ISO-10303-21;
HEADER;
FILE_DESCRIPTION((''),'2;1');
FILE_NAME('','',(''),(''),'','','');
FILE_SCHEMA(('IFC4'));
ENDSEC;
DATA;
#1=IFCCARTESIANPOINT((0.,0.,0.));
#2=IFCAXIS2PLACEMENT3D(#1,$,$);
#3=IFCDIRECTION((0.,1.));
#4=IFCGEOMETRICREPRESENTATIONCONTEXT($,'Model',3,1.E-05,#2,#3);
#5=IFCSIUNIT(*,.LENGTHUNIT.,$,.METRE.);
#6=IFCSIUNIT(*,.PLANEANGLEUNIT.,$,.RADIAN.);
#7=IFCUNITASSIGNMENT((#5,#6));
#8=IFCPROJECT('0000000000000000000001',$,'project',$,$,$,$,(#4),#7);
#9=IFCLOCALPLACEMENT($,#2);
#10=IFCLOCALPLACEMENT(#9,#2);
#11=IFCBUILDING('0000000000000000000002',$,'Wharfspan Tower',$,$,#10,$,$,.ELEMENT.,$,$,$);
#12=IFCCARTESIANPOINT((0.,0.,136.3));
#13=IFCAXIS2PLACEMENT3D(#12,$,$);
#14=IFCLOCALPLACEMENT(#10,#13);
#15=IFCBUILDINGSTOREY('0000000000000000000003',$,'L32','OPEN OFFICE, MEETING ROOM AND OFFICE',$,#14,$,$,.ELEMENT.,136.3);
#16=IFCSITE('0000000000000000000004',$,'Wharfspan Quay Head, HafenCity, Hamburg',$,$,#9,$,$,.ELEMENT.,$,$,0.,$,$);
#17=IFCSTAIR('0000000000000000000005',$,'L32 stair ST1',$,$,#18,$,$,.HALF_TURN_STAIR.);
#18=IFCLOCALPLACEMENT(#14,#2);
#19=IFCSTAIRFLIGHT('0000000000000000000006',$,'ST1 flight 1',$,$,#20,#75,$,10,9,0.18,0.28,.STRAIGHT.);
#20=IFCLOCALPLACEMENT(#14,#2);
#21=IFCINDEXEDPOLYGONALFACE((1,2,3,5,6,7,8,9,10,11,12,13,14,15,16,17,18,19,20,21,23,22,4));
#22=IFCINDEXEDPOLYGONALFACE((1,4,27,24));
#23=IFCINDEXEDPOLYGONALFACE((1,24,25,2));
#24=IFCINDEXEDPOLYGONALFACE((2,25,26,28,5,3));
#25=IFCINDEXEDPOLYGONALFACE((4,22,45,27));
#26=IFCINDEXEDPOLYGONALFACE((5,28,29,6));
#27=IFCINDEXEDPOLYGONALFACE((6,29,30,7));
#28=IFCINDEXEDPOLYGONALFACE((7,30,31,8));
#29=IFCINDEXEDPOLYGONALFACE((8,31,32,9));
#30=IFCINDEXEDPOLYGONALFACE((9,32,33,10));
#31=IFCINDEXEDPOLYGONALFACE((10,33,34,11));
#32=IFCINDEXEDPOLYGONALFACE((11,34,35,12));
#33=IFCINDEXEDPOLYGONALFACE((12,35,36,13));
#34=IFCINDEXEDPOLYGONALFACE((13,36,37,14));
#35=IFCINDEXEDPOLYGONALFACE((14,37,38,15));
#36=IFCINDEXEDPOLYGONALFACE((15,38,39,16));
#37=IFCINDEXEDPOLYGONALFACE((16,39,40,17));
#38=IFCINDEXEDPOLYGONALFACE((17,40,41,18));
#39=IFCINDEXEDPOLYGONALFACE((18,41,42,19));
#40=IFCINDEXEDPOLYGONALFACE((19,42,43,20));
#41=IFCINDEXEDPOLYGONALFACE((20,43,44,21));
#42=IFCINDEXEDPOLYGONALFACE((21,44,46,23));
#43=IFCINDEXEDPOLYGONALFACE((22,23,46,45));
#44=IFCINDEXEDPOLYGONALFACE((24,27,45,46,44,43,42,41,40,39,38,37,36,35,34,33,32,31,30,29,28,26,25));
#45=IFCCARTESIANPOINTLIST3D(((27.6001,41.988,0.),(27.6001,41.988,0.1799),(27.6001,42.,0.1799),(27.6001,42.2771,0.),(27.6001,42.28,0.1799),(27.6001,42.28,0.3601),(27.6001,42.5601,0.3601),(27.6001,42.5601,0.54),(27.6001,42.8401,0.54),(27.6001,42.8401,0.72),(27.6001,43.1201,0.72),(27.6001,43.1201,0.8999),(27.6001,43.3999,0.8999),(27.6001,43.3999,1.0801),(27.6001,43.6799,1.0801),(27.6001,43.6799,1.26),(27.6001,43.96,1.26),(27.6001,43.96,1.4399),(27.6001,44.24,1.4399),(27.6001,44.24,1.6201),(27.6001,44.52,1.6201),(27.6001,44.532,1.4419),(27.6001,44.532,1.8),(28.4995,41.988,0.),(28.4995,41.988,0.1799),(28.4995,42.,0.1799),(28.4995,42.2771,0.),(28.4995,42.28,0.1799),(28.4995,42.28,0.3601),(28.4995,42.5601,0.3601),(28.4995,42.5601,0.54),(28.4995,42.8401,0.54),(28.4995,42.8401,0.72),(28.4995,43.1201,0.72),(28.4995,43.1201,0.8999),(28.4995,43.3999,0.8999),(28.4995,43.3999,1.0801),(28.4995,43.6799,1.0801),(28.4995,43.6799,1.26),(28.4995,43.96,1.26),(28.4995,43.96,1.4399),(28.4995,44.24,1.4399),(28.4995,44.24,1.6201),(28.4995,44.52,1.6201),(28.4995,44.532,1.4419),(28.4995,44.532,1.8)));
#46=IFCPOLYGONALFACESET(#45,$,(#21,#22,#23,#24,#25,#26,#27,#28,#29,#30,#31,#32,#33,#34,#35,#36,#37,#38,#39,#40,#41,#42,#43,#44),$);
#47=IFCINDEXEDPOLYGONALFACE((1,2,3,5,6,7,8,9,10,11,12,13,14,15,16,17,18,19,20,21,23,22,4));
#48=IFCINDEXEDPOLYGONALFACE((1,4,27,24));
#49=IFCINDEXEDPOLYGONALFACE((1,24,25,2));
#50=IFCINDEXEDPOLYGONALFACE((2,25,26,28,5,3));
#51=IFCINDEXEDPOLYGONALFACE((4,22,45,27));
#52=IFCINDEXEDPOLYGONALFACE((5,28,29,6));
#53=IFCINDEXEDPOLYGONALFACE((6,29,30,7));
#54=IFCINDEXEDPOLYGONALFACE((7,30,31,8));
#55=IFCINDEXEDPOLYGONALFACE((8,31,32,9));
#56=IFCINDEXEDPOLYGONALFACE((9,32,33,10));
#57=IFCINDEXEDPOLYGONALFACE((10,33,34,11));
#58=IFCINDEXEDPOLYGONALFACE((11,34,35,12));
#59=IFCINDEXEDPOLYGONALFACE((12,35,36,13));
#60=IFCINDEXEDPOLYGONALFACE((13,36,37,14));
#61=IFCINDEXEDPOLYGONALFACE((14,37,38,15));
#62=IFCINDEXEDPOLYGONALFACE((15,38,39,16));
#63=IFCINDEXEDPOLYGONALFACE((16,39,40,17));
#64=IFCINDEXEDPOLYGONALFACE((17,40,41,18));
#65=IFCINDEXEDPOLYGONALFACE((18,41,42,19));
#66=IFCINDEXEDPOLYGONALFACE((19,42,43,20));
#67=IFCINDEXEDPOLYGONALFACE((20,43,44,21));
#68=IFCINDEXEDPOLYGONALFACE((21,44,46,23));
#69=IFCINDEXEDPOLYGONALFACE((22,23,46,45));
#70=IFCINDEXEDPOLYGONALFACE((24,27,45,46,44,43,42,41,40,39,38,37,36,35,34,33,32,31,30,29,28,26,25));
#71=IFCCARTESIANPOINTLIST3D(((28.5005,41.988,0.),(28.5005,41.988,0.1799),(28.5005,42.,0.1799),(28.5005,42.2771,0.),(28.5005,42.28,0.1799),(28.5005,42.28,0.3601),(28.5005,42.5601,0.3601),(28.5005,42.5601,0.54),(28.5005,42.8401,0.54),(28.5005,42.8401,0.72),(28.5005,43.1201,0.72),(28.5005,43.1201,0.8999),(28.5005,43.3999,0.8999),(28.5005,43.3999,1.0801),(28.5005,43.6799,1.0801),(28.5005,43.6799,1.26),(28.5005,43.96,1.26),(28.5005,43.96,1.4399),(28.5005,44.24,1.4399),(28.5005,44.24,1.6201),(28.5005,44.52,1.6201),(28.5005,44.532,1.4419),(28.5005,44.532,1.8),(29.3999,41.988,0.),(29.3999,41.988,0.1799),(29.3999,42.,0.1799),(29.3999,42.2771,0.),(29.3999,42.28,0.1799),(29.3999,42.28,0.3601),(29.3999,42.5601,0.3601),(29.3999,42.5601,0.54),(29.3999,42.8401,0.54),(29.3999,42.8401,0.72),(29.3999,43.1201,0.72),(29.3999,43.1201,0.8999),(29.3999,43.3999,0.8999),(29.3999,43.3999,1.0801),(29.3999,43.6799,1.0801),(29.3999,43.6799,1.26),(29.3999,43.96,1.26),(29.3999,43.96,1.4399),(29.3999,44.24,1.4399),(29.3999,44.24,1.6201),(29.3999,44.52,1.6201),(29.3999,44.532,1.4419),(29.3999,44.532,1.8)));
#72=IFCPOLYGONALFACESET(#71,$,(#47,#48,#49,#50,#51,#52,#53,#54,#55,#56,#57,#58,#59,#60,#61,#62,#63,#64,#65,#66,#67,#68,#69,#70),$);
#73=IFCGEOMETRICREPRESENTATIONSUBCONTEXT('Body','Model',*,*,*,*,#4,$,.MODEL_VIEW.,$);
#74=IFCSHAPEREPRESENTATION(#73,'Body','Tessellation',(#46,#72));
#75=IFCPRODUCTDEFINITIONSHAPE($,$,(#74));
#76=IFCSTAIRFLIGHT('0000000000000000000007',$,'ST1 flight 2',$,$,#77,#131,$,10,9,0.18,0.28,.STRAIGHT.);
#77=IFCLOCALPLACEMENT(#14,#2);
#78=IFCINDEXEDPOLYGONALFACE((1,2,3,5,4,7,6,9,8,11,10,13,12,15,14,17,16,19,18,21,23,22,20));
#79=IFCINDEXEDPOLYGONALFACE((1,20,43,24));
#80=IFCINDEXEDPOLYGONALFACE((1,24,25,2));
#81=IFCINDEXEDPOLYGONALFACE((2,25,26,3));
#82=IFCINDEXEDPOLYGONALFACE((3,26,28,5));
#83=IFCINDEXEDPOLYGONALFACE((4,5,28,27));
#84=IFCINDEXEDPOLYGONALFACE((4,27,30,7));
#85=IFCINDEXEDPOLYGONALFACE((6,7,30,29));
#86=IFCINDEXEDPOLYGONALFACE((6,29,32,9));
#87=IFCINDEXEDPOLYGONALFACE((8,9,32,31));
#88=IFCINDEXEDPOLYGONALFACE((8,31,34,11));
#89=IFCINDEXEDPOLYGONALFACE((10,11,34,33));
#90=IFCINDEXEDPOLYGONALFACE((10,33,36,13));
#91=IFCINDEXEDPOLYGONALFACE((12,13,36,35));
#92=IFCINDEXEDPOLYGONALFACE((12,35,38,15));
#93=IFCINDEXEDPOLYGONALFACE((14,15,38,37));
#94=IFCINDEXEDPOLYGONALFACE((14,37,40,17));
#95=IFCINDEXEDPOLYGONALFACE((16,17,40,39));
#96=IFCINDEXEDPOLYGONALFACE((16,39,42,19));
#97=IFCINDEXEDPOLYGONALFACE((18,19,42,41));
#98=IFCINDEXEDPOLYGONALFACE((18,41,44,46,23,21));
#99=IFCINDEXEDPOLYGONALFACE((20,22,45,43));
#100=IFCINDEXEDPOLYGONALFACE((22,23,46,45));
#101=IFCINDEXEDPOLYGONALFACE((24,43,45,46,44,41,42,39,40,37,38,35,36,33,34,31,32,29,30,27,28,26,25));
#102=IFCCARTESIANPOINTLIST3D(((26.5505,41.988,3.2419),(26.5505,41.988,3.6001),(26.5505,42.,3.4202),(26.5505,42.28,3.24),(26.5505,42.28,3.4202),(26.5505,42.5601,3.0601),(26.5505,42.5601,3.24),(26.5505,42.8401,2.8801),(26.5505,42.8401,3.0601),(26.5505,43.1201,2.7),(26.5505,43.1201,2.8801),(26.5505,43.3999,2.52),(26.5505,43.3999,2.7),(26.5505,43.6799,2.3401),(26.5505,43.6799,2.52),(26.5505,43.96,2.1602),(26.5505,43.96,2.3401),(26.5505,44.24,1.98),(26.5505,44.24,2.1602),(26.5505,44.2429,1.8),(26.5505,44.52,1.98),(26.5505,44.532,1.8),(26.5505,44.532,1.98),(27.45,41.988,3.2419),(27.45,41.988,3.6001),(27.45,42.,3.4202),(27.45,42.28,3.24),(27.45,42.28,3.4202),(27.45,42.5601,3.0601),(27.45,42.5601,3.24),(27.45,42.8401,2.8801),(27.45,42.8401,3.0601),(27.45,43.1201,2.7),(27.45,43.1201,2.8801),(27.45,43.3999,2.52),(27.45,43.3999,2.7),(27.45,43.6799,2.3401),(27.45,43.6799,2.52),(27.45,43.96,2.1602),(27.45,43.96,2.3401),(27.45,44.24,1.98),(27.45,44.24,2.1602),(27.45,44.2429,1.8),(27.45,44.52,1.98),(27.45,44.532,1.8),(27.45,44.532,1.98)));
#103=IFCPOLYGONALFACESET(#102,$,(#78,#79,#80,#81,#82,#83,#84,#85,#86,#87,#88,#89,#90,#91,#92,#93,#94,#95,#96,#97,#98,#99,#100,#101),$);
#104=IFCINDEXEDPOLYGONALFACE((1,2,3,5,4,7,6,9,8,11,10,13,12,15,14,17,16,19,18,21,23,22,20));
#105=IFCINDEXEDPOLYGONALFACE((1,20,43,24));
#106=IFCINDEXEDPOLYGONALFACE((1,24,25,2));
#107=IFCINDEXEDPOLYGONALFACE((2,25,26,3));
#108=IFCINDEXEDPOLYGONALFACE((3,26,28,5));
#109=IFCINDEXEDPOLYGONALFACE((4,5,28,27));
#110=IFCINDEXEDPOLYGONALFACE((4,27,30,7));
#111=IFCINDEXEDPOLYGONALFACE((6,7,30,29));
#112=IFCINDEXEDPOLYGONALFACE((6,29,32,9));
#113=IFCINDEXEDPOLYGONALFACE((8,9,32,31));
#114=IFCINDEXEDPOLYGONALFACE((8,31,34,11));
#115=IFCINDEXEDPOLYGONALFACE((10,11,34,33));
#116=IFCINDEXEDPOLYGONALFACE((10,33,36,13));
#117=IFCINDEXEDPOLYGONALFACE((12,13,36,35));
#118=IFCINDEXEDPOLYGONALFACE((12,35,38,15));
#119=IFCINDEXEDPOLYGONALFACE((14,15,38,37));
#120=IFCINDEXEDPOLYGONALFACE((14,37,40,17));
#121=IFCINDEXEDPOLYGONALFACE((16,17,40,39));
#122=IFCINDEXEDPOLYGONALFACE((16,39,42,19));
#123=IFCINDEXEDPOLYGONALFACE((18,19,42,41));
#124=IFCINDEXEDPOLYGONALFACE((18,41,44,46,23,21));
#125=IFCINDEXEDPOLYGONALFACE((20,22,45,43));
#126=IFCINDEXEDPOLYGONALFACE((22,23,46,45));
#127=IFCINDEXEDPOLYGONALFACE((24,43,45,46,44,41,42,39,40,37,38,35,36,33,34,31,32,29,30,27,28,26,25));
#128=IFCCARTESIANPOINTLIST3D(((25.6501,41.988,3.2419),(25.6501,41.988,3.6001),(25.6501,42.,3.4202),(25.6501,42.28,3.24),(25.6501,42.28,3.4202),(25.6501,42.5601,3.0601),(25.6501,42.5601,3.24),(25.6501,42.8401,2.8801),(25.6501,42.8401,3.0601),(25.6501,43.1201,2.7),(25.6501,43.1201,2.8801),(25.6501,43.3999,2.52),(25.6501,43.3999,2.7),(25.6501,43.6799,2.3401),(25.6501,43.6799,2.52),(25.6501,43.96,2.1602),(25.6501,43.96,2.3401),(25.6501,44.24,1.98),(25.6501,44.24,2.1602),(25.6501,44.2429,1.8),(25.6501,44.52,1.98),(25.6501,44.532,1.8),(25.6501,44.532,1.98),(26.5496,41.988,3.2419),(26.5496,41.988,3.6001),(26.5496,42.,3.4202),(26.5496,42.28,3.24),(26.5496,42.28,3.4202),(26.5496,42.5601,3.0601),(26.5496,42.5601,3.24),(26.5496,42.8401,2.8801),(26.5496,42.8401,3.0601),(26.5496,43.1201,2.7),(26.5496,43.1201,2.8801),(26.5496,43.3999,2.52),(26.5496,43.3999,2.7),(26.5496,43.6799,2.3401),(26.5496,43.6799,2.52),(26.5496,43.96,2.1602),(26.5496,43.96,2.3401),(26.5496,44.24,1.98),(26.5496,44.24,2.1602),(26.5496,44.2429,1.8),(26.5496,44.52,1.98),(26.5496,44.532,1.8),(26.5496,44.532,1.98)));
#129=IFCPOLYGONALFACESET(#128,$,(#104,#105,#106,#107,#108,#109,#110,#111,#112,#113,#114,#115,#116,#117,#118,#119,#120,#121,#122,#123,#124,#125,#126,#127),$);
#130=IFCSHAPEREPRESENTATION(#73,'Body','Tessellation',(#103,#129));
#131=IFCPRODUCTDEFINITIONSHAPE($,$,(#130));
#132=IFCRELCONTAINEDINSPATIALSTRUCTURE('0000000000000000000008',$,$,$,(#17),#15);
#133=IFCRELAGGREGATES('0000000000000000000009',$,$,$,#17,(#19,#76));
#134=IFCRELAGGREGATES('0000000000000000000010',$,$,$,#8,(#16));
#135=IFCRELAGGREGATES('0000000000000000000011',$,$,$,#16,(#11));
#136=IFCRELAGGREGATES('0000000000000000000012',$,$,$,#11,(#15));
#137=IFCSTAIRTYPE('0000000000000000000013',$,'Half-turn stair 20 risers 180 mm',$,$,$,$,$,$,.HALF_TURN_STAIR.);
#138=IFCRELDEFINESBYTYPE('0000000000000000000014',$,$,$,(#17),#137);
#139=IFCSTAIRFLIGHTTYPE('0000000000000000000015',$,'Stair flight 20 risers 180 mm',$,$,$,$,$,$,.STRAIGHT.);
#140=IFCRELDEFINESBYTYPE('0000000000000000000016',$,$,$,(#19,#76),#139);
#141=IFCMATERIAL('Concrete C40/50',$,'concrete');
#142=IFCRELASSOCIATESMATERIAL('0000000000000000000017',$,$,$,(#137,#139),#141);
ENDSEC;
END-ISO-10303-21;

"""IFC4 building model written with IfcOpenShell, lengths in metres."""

from ifc_helpers import new_model, si_unit, direction, frame, origin, place, context, subcontext, project, spatial, polyline, outline, extrude, material, type_object, element, aggregate, save


model = new_model("IFC4")

# Units and contexts
model_context = context("Model", 3, precision=1e-05, world=origin(), true_north=direction((0.0, 1.0)))
body_context = subcontext(model_context, "Body", "Model", "MODEL_VIEW")
ifc_project = project(units=[si_unit("LENGTHUNIT", "METRE"), si_unit("PLANEANGLEUNIT", "RADIAN")], contexts=[model_context])

# Site, building, storey
site_placement = place(None, origin())
site = spatial("IfcSite", under=ifc_project, at=site_placement, Name="Wharfspan Quay Head, HafenCity, Hamburg", CompositionType="ELEMENT", RefElevation=0.0)
building_placement = place(site_placement, origin())
building = spatial("IfcBuilding", under=site, at=building_placement, Name="Wharfspan Tower", CompositionType="ELEMENT")
storey_placement = place(building_placement, frame((0.0, 0.0, 136.3)))
storey = spatial("IfcBuildingStorey", under=building, at=storey_placement, Name="L32", Description="OPEN OFFICE, MEETING ROOM AND OFFICE", CompositionType="ELEMENT", Elevation=136.3)

# Shared definitions
ifc_material_1 = material(Name="Concrete C40/50", Category="concrete")

# Stair, stair flights
stair_type = type_object("IfcStairType", Name="Half-turn stair 20 risers 180 mm", PredefinedType="HALF_TURN_STAIR", material=ifc_material_1)
stair_placement = place(storey_placement, origin())
stair = element("IfcStair", 1, at=stair_placement, inside=storey, type_object=stair_type, Name="L32 stair ST1", PredefinedType="HALF_TURN_STAIR")
stair_flight_type = type_object("IfcStairFlightType", Name="Stair flight 20 risers 180 mm", PredefinedType="STRAIGHT", material=ifc_material_1)
stair_flight_1_placement = place(storey_placement, frame((28.5, 42.0, 0.0), z_axis=(0.0, 0.0, 1.0), x_axis=(0.0, 1.0, 0.0)))
stair_flight_1 = element("IfcStairFlight", 2, at=stair_flight_1_placement, type_object=stair_flight_type, Name="ST1 flight 1", NumberOfRisers=10, NumberOfTreads=9, PredefinedType="STRAIGHT", RiserHeight=0.18, TreadLength=0.28, context=body_context, shape_type="SweptSolid", body=[
    extrude(outline(polyline([(-0.012, 0.0), (-0.012, 0.1799), (0.0, 0.1799), (0.28, 0.1799), (0.28, 0.3601), (0.5601, 0.3601), (0.5601, 0.54), (0.8401, 0.54), (0.8401, 0.72), (1.1201, 0.72), (1.1201, 0.8999), (1.3999, 0.8999), (1.3999, 1.0801), (1.6799, 1.0801), (1.6799, 1.26), (1.96, 1.26), (1.96, 1.4399), (2.24, 1.4399), (2.24, 1.6201), (2.52, 1.6201), (2.532, 1.8), (2.532, 1.4419), (0.2771, 0.0), (-0.012, 0.0)])), frame((0.0, 0.8999, 0.0), z_axis=(0.0, -1.0, 0.0), x_axis=(1.0, 0.0, 0.0)), (0.0, 0.0, 1.0), 0.8994),
    extrude(outline(polyline([(-0.012, 0.0), (-0.012, 0.1799), (0.0, 0.1799), (0.28, 0.1799), (0.28, 0.3601), (0.5601, 0.3601), (0.5601, 0.54), (0.8401, 0.54), (0.8401, 0.72), (1.1201, 0.72), (1.1201, 0.8999), (1.3999, 0.8999), (1.3999, 1.0801), (1.6799, 1.0801), (1.6799, 1.26), (1.96, 1.26), (1.96, 1.4399), (2.24, 1.4399), (2.24, 1.6201), (2.52, 1.6201), (2.532, 1.8), (2.532, 1.4419), (0.2771, 0.0), (-0.012, 0.0)])), frame((0.0, -0.0005, 0.0), z_axis=(0.0, -1.0, 0.0), x_axis=(1.0, 0.0, 0.0)), (0.0, 0.0, 1.0), 0.8994),
])
stair_flight_2_placement = place(storey_placement, frame((26.55, 44.52, 1.8), z_axis=(0.0, 0.0, 1.0), x_axis=(0.0, -1.0, 0.0)))
stair_flight_2 = element("IfcStairFlight", 3, at=stair_flight_2_placement, type_object=stair_flight_type, Name="ST1 flight 2", NumberOfRisers=10, NumberOfTreads=9, PredefinedType="STRAIGHT", RiserHeight=0.18, TreadLength=0.28, context=body_context, shape_type="SweptSolid", body=[
    extrude(outline(polyline([(-0.012, 0.0), (-0.012, 0.1799), (0.0, 0.1799), (0.28, 0.1799), (0.28, 0.3601), (0.5601, 0.3601), (0.5601, 0.54), (0.8401, 0.54), (0.8401, 0.72), (1.1201, 0.72), (1.1201, 0.8999), (1.3999, 0.8999), (1.3999, 1.0801), (1.6799, 1.0801), (1.6799, 1.26), (1.96, 1.26), (1.96, 1.4399), (2.24, 1.4399), (2.24, 1.6201), (2.52, 1.6201), (2.532, 1.8), (2.532, 1.4419), (0.2771, 0.0), (-0.012, 0.0)])), frame((0.0, 0.8999, 0.0), z_axis=(0.0, -1.0, 0.0), x_axis=(1.0, 0.0, 0.0)), (0.0, 0.0, 1.0), 0.8994),
    extrude(outline(polyline([(-0.012, 0.0), (-0.012, 0.1799), (0.0, 0.1799), (0.28, 0.1799), (0.28, 0.3601), (0.5601, 0.3601), (0.5601, 0.54), (0.8401, 0.54), (0.8401, 0.72), (1.1201, 0.72), (1.1201, 0.8999), (1.3999, 0.8999), (1.3999, 1.0801), (1.6799, 1.0801), (1.6799, 1.26), (1.96, 1.26), (1.96, 1.4399), (2.24, 1.4399), (2.24, 1.6201), (2.52, 1.6201), (2.532, 1.8), (2.532, 1.4419), (0.2771, 0.0), (-0.012, 0.0)])), frame((0.0, -0.0005, 0.0), z_axis=(0.0, -1.0, 0.0), x_axis=(1.0, 0.0, 0.0)), (0.0, 0.0, 1.0), 0.8994),
])
aggregate(stair, [stair_flight_1, stair_flight_2])

save(model, "model.ifc")
